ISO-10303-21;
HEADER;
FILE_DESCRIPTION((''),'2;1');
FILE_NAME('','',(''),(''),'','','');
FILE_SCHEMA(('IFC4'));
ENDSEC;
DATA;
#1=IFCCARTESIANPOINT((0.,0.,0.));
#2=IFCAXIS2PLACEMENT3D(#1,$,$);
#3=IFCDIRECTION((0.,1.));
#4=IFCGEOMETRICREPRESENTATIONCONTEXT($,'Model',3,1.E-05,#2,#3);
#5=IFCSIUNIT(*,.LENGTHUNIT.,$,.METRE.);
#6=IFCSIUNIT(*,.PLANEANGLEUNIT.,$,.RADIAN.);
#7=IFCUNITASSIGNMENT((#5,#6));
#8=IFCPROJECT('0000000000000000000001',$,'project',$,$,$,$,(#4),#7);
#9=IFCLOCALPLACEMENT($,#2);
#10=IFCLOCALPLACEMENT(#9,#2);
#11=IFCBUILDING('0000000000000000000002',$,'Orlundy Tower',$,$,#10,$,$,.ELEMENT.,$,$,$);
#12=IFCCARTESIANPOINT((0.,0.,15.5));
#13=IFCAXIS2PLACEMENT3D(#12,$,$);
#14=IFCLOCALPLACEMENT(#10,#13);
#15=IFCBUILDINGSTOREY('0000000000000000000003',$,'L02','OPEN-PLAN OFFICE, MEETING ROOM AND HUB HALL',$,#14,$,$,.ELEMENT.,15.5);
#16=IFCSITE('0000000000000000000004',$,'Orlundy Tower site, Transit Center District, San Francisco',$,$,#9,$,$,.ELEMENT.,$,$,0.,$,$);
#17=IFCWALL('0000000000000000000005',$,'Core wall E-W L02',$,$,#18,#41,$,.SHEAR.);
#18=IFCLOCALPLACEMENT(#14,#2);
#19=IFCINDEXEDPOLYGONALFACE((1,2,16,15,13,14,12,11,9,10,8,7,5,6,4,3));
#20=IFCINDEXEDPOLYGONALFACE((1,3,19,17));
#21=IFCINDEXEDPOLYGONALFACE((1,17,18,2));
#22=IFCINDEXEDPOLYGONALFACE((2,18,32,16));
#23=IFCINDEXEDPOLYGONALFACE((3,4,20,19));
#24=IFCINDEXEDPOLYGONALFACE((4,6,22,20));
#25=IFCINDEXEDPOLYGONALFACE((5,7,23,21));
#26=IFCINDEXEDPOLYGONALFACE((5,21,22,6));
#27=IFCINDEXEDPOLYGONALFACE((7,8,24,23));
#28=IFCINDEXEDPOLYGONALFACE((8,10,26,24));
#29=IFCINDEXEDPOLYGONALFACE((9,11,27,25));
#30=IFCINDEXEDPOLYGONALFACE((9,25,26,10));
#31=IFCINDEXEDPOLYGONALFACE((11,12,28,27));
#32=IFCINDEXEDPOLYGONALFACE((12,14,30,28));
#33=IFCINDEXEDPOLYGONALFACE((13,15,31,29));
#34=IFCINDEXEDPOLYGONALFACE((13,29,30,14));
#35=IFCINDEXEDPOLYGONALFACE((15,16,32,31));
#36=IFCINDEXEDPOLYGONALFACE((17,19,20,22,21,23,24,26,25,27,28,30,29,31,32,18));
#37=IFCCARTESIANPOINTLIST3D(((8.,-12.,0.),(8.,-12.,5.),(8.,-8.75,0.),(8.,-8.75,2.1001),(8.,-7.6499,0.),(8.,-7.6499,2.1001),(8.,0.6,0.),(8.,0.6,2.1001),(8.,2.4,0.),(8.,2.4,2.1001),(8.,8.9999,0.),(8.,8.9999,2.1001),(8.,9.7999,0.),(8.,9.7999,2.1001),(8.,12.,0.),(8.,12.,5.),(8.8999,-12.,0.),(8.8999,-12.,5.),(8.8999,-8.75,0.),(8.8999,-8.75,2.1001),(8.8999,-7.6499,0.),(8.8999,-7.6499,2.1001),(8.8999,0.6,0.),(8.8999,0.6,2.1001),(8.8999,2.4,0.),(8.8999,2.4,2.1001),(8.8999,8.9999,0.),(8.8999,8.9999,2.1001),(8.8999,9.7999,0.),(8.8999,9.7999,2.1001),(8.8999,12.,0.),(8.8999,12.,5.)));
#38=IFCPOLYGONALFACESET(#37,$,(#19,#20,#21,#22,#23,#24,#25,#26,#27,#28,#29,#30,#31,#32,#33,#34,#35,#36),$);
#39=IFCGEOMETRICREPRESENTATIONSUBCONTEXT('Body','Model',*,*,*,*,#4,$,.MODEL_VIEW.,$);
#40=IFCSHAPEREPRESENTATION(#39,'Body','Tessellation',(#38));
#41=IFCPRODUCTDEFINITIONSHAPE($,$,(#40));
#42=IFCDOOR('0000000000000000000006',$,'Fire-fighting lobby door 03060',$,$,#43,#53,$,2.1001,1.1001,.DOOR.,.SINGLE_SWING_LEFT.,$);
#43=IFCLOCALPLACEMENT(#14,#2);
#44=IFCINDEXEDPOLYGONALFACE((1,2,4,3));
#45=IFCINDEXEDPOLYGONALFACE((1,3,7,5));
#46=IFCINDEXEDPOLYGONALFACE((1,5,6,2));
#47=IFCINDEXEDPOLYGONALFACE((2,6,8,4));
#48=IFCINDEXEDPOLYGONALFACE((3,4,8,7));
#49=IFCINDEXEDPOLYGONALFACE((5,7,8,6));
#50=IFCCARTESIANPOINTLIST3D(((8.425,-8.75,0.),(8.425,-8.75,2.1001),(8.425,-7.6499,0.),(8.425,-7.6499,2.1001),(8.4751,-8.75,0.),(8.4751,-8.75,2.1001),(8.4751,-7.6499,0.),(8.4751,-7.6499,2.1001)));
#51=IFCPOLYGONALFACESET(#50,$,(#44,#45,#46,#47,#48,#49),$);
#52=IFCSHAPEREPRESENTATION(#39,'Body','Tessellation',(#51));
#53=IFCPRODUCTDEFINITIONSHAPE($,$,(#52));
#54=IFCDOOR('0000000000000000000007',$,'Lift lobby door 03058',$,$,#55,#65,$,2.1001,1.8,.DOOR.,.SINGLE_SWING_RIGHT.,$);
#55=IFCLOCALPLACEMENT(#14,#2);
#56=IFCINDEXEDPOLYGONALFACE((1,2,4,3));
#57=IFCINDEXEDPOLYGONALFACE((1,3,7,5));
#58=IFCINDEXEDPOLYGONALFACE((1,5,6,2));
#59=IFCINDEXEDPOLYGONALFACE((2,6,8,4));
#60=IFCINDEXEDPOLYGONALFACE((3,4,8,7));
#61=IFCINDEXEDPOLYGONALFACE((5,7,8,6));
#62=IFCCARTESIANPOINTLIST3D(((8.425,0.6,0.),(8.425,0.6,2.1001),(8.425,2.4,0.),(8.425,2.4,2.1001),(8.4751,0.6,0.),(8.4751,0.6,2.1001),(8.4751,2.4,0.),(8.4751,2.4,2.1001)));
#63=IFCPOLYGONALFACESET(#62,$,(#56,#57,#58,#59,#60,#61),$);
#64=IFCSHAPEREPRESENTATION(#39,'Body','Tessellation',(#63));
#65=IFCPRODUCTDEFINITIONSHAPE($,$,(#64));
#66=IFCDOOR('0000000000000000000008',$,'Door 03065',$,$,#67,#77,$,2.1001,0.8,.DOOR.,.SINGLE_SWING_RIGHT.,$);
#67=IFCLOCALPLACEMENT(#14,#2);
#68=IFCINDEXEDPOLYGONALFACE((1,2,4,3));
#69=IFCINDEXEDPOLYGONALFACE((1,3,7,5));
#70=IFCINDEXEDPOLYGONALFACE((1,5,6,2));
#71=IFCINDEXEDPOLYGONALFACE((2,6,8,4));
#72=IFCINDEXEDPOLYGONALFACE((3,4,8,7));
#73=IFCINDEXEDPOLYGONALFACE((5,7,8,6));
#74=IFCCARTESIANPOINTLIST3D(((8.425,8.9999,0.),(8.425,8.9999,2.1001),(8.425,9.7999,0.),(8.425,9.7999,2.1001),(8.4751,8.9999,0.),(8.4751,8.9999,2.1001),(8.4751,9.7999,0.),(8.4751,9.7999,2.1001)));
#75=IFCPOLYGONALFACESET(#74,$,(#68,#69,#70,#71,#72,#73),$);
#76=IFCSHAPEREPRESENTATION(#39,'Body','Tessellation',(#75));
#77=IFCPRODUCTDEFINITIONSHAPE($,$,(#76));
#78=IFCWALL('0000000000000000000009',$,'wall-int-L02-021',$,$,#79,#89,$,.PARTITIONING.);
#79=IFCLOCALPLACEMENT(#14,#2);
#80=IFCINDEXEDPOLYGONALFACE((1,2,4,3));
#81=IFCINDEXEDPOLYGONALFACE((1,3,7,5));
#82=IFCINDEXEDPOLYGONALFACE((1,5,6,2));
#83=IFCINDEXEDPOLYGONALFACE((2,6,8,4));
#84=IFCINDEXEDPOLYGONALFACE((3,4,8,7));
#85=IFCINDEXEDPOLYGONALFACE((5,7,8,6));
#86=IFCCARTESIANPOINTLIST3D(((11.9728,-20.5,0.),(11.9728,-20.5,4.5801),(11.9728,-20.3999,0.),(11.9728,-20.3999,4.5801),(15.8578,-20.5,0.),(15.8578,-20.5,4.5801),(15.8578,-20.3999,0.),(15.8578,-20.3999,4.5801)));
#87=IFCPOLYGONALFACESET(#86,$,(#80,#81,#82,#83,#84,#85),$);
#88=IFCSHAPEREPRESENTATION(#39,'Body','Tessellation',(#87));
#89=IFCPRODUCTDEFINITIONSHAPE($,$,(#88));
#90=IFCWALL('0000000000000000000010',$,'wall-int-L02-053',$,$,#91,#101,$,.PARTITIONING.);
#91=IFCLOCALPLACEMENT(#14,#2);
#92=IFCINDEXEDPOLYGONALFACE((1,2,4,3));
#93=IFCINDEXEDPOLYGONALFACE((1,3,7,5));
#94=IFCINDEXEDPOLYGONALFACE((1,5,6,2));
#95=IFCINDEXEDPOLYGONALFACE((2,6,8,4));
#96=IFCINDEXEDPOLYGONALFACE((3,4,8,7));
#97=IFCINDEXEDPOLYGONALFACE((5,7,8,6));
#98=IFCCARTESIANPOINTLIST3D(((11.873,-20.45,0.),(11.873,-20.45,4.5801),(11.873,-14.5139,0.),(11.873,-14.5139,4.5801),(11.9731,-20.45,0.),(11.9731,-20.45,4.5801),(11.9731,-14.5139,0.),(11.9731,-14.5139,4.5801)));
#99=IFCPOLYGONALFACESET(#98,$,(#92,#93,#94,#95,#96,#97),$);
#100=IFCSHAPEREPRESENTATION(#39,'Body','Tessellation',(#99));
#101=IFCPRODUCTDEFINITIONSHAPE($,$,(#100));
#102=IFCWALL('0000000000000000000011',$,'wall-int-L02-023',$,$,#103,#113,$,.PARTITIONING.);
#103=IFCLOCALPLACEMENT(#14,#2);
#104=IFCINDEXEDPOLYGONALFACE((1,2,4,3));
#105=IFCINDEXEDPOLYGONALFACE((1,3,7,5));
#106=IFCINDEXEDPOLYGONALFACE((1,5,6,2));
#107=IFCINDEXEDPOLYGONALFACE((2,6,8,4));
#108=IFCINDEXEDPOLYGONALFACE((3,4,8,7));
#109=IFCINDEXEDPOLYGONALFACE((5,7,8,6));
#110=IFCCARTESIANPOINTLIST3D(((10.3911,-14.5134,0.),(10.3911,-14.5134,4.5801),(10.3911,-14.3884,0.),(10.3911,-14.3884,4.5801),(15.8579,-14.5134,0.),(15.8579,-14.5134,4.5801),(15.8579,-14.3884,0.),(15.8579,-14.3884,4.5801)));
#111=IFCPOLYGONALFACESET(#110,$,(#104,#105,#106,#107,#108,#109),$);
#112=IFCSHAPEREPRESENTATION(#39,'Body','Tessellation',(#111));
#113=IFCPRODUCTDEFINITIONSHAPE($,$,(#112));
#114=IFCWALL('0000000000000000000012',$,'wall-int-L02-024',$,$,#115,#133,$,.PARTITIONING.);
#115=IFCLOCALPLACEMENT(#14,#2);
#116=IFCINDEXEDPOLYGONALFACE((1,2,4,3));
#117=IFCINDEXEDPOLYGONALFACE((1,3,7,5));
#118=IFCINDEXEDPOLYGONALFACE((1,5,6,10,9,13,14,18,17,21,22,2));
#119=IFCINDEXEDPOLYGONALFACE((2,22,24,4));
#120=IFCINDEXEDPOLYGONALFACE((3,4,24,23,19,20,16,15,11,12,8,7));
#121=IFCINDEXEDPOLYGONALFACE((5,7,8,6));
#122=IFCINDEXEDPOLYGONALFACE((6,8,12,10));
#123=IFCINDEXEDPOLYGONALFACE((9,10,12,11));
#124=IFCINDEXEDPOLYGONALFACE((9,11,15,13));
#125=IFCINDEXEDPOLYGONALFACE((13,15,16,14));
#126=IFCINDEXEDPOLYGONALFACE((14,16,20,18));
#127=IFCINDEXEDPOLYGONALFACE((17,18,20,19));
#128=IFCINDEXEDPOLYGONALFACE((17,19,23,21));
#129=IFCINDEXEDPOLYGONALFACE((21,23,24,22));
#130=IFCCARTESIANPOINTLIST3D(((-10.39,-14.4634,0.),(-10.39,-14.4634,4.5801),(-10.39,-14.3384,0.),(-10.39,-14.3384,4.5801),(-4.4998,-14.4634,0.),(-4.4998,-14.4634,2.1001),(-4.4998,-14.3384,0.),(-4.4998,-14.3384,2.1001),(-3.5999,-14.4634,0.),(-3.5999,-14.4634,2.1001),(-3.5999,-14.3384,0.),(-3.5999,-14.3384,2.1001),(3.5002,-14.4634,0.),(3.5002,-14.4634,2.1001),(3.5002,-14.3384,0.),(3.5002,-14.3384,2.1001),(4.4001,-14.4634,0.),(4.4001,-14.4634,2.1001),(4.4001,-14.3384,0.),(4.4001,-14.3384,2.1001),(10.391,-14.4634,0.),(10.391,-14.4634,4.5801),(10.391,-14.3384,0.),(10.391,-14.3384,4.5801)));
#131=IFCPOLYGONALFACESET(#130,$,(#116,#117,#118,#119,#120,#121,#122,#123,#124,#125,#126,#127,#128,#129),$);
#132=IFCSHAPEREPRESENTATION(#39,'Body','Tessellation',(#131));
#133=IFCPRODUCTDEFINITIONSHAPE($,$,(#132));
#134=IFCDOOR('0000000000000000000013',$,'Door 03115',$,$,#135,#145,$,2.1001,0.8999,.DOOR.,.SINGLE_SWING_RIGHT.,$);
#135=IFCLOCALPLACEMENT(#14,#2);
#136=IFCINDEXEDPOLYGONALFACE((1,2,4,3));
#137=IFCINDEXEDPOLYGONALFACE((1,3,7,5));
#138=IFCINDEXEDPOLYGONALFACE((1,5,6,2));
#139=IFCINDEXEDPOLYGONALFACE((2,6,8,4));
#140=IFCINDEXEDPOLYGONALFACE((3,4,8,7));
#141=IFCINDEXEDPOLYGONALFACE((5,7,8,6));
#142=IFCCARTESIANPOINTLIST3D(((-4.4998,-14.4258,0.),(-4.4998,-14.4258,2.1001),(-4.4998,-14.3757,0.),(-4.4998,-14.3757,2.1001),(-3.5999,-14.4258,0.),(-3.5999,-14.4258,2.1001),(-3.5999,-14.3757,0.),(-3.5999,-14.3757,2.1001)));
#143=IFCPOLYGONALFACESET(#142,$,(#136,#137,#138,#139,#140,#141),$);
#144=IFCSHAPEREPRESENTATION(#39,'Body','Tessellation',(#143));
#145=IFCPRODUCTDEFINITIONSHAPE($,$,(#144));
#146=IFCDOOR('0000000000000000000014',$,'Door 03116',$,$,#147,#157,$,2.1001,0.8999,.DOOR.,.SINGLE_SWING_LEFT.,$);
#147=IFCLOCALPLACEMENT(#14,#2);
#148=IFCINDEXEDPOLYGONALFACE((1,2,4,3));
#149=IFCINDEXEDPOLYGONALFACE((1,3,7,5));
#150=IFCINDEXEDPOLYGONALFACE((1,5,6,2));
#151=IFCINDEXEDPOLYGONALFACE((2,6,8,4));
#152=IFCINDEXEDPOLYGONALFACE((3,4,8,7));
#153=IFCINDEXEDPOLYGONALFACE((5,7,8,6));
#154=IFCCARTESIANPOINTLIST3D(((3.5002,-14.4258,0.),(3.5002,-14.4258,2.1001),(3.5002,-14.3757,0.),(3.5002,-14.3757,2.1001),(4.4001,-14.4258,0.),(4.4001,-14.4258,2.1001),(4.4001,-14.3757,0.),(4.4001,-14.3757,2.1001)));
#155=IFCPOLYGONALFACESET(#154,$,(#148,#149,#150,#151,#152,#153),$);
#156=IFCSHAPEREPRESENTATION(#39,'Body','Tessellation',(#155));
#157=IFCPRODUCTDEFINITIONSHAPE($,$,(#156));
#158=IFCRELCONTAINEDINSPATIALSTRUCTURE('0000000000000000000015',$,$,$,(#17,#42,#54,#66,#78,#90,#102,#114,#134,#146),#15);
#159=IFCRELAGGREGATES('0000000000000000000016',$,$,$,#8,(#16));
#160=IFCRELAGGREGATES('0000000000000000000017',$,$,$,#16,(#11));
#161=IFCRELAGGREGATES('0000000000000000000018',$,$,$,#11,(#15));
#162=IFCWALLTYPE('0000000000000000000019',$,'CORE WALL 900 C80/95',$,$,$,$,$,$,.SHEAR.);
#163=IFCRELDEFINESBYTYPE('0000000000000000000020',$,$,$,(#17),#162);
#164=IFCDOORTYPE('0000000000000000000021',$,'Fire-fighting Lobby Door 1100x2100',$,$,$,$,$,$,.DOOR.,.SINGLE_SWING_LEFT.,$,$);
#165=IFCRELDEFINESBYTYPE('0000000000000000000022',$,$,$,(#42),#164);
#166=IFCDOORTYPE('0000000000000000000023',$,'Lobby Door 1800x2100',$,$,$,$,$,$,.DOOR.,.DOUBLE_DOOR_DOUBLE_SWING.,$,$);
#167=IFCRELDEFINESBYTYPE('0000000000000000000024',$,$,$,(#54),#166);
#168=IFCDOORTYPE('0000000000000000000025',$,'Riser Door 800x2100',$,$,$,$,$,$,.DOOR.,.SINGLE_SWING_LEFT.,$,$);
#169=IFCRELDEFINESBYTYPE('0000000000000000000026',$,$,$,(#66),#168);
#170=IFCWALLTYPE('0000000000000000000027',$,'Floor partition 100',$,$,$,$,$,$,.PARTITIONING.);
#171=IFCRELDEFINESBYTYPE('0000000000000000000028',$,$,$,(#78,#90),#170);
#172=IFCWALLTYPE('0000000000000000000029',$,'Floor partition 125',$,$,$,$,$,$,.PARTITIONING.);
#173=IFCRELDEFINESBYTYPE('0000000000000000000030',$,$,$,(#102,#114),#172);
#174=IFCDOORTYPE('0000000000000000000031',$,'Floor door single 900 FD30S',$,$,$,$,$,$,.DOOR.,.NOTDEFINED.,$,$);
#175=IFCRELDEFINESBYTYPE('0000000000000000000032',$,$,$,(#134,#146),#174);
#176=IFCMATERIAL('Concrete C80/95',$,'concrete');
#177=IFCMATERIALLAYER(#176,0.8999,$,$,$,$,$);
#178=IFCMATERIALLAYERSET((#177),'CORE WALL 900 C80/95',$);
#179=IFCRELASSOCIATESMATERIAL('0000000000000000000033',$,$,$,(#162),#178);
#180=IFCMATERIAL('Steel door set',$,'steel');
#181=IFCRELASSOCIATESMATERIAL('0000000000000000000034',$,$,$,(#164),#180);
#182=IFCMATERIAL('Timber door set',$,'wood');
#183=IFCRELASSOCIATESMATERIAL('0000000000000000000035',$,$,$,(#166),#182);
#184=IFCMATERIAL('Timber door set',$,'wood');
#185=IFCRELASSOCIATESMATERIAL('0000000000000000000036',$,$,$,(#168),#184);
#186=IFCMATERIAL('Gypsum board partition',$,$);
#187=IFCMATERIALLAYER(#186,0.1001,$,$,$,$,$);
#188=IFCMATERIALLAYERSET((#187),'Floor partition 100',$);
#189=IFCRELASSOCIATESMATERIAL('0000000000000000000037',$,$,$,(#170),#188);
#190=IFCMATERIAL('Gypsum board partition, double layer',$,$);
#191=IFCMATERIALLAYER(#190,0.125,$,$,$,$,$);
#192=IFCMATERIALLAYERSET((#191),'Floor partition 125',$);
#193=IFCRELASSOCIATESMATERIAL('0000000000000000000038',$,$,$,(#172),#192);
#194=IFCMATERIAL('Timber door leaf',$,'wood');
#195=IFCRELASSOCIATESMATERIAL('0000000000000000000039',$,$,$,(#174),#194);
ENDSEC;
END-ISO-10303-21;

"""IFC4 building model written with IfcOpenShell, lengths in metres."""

from ifc_helpers import new_model, si_unit, direction, frame, frame_2d, origin, place, context, subcontext, project, spatial, rectangle, extrude, material, layer, layer_set, type_object, element, fill, save


model = new_model("IFC4")

# Units and contexts
model_context = context("Model", 3, precision=1e-05, world=origin(), true_north=direction((0.0, 1.0)))
body_context = subcontext(model_context, "Body", "Model", "MODEL_VIEW")
ifc_project = project(units=[si_unit("LENGTHUNIT", "METRE"), si_unit("PLANEANGLEUNIT", "RADIAN")], contexts=[model_context])

# Site, building, storey
site_placement = place(None, origin())
site = spatial("IfcSite", under=ifc_project, at=site_placement, Name="Orlundy Tower site, Transit Center District, San Francisco", CompositionType="ELEMENT", RefElevation=0.0)
building_placement = place(site_placement, origin())
building = spatial("IfcBuilding", under=site, at=building_placement, Name="Orlundy Tower", CompositionType="ELEMENT")
storey_placement = place(building_placement, frame((0.0, 0.0, 15.5)))
storey = spatial("IfcBuildingStorey", under=building, at=storey_placement, Name="L02", Description="OPEN-PLAN OFFICE, MEETING ROOM AND HUB HALL", CompositionType="ELEMENT", Elevation=15.5)

# Shared definitions
ifc_material_1 = material(Name="Concrete C80/95", Category="concrete")
ifc_layer_1 = layer(ifc_material_1, 0.8999)
ifc_layer_set_1 = layer_set([ifc_layer_1], Name="CORE WALL 900 C80/95")
wall_type_1 = type_object("IfcWallType", Name="CORE WALL 900 C80/95", PredefinedType="SHEAR", material=ifc_layer_set_1)

# Wall, openings, doors
wall_1_placement = place(storey_placement, frame((8.45, -12.0, 0.0), z_axis=(0.0, 0.0, 1.0), x_axis=(0.0, 1.0, 0.0)))
wall_1 = element("IfcWall", 1, at=wall_1_placement, inside=storey, type_object=wall_type_1, Name="Core wall E-W L02", PredefinedType="SHEAR", context=body_context, shape_type="SweptSolid", body=[
    extrude(rectangle(XDim=24.0, YDim=0.8999, at=frame_2d((12.0, 0.0))), origin(), (0.0, 0.0, 1.0), 5.0),
])
opening_1_placement = place(wall_1_placement, frame((12.6001, 0.0, 0.0)))
opening_1 = element("IfcOpeningElement", 2, at=opening_1_placement, cuts=wall_1, PredefinedType="OPENING", context=body_context, shape_type="SweptSolid", body=[
    extrude(rectangle(XDim=1.8, YDim=2.1001, at=frame_2d((0.8999, 1.05))), frame((0.0, 0.46, 0.0), z_axis=(0.0, -1.0, 0.0), x_axis=(1.0, 0.0, 0.0)), (0.0, 0.0, 1.0), 0.9199),
])
opening_2_placement = place(wall_1_placement, frame((3.25, 0.0, 0.0)))
opening_2 = element("IfcOpeningElement", 3, at=opening_2_placement, cuts=wall_1, PredefinedType="OPENING", context=body_context, shape_type="SweptSolid", body=[
    extrude(rectangle(XDim=1.1001, YDim=2.1001, at=frame_2d((0.55, 1.05))), frame((0.0, 0.46, 0.0), z_axis=(0.0, -1.0, 0.0), x_axis=(1.0, 0.0, 0.0)), (0.0, 0.0, 1.0), 0.9199),
])
opening_3_placement = place(wall_1_placement, frame((21.0, 0.0, 0.0)))
opening_3 = element("IfcOpeningElement", 4, at=opening_3_placement, cuts=wall_1, PredefinedType="OPENING", context=body_context, shape_type="SweptSolid", body=[
    extrude(rectangle(XDim=0.8, YDim=2.1001, at=frame_2d((0.3999, 1.05))), frame((0.0, 0.46, 0.0), z_axis=(0.0, -1.0, 0.0), x_axis=(1.0, 0.0, 0.0)), (0.0, 0.0, 1.0), 0.9199),
])
ifc_material_2 = material(Name="Steel door set", Category="steel")
door_type_1 = type_object("IfcDoorType", Name="Fire-fighting Lobby Door 1100x2100", OperationType="SINGLE_SWING_LEFT", PredefinedType="DOOR", material=ifc_material_2)
door_1_placement = place(opening_2_placement, origin())
door_1 = element("IfcDoor", 5, at=door_1_placement, inside=storey, type_object=door_type_1, Name="Fire-fighting lobby door 03060", OperationType="SINGLE_SWING_LEFT", OverallHeight=2.1001, OverallWidth=1.1001, PredefinedType="DOOR", context=body_context, shape_type="SweptSolid", body=[
    extrude(rectangle(XDim=1.1001, YDim=2.1001, at=frame_2d((0.55, 1.05))), frame((0.0, 0.0249, 0.0), z_axis=(0.0, -1.0, 0.0), x_axis=(1.0, 0.0, 0.0)), (0.0, 0.0, 1.0), 0.05),
])
fill(opening_2, door_1)
ifc_material_3 = material(Name="Timber door set", Category="wood")
door_type_2 = type_object("IfcDoorType", Name="Lobby Door 1800x2100", OperationType="DOUBLE_DOOR_DOUBLE_SWING", PredefinedType="DOOR", material=ifc_material_3)
door_2_placement = place(opening_1_placement, origin())
door_2 = element("IfcDoor", 6, at=door_2_placement, inside=storey, type_object=door_type_2, Name="Lift lobby door 03058", OperationType="SINGLE_SWING_RIGHT", OverallHeight=2.1001, OverallWidth=1.8, PredefinedType="DOOR", context=body_context, shape_type="SweptSolid", body=[
    extrude(rectangle(XDim=1.8, YDim=2.1001, at=frame_2d((0.8999, 1.05))), frame((0.0, 0.0249, 0.0), z_axis=(0.0, -1.0, 0.0), x_axis=(1.0, 0.0, 0.0)), (0.0, 0.0, 1.0), 0.05),
])
fill(opening_1, door_2)
ifc_material_4 = material(Name="Timber door set", Category="wood")
door_type_3 = type_object("IfcDoorType", Name="Riser Door 800x2100", OperationType="SINGLE_SWING_LEFT", PredefinedType="DOOR", material=ifc_material_4)
door_3_placement = place(opening_3_placement, origin())
door_3 = element("IfcDoor", 7, at=door_3_placement, inside=storey, type_object=door_type_3, Name="Door 03065", OperationType="SINGLE_SWING_RIGHT", OverallHeight=2.1001, OverallWidth=0.8, PredefinedType="DOOR", context=body_context, shape_type="SweptSolid", body=[
    extrude(rectangle(XDim=0.8, YDim=2.1001, at=frame_2d((0.3999, 1.05))), frame((0.0, 0.0249, 0.0), z_axis=(0.0, -1.0, 0.0), x_axis=(1.0, 0.0, 0.0)), (0.0, 0.0, 1.0), 0.05),
])
fill(opening_3, door_3)

# Walls
ifc_material_5 = material(Name="Gypsum board partition")
ifc_layer_2 = layer(ifc_material_5, 0.1001)
ifc_layer_set_2 = layer_set([ifc_layer_2], Name="Floor partition 100")
wall_type_2 = type_object("IfcWallType", Name="Floor partition 100", PredefinedType="PARTITIONING", material=ifc_layer_set_2)
wall_2_placement = place(storey_placement, frame((11.9729, -20.45, 0.0), z_axis=(0.0, 0.0, 1.0), x_axis=(1.0, 0.0, 0.0)))
element("IfcWall", 8, at=wall_2_placement, inside=storey, type_object=wall_type_2, Name="wall-int-L02-021", PredefinedType="PARTITIONING", context=body_context, shape_type="SweptSolid", body=[
    extrude(rectangle(XDim=3.885, YDim=0.1001, at=frame_2d((1.9424, 0.0))), origin(), (0.0, 0.0, 1.0), 4.5801),
])
wall_3_placement = place(storey_placement, frame((11.9231, -20.45, 0.0), z_axis=(0.0, 0.0, 1.0), x_axis=(0.0, 1.0, 0.0)))
element("IfcWall", 9, at=wall_3_placement, inside=storey, type_object=wall_type_2, Name="wall-int-L02-053", PredefinedType="PARTITIONING", context=body_context, shape_type="SweptSolid", body=[
    extrude(rectangle(XDim=5.936, YDim=0.1001, at=frame_2d((2.968, 0.0))), origin(), (0.0, 0.0, 1.0), 4.5801),
])
ifc_material_6 = material(Name="Gypsum board partition, double layer")
ifc_layer_3 = layer(ifc_material_6, 0.125)
ifc_layer_set_3 = layer_set([ifc_layer_3], Name="Floor partition 125")
wall_type_3 = type_object("IfcWallType", Name="Floor partition 125", PredefinedType="PARTITIONING", material=ifc_layer_set_3)
wall_4_placement = place(storey_placement, frame((10.3911, -14.4509, 0.0), z_axis=(0.0, 0.0, 1.0), x_axis=(1.0, 0.0, 0.0)))
element("IfcWall", 10, at=wall_4_placement, inside=storey, type_object=wall_type_3, Name="wall-int-L02-023", PredefinedType="PARTITIONING", context=body_context, shape_type="SweptSolid", body=[
    extrude(rectangle(XDim=5.4668, YDim=0.125, at=frame_2d((2.7334, 0.0))), origin(), (0.0, 0.0, 1.0), 4.5801),
])

# Wall, openings, doors
wall_5_placement = place(storey_placement, frame((10.3911, -14.4009, 0.0), z_axis=(0.0, 0.0, 1.0), x_axis=(-1.0, 0.0, 0.0)))
wall_5 = element("IfcWall", 11, at=wall_5_placement, inside=storey, type_object=wall_type_3, Name="wall-int-L02-024", PredefinedType="PARTITIONING", context=body_context, shape_type="SweptSolid", body=[
    extrude(rectangle(XDim=20.781, YDim=0.125, at=frame_2d((10.3906, 0.0))), origin(), (0.0, 0.0, 1.0), 4.5801),
])
opening_4_placement = place(wall_5_placement, frame((13.991, 0.0, 0.0)))
opening_4 = element("IfcOpeningElement", 12, at=opening_4_placement, cuts=wall_5, PredefinedType="OPENING", context=body_context, shape_type="SweptSolid", body=[
    extrude(rectangle(XDim=0.8999, YDim=2.1001, at=frame_2d((0.45, 1.05))), frame((0.0, 0.0725, 0.0), z_axis=(0.0, -1.0, 0.0), x_axis=(1.0, 0.0, 0.0)), (0.0, 0.0, 1.0), 0.145),
])
opening_5_placement = place(wall_5_placement, frame((5.991, 0.0, 0.0)))
opening_5 = element("IfcOpeningElement", 13, at=opening_5_placement, cuts=wall_5, PredefinedType="OPENING", context=body_context, shape_type="SweptSolid", body=[
    extrude(rectangle(XDim=0.8999, YDim=2.1001, at=frame_2d((0.45, 1.05))), frame((0.0, 0.0725, 0.0), z_axis=(0.0, -1.0, 0.0), x_axis=(1.0, 0.0, 0.0)), (0.0, 0.0, 1.0), 0.145),
])
ifc_material_7 = material(Name="Timber door leaf", Category="wood")
door_type_4 = type_object("IfcDoorType", Name="Floor door single 900 FD30S", OperationType="NOTDEFINED", PredefinedType="DOOR", material=ifc_material_7)
door_4_placement = place(opening_4_placement, origin())
door_4 = element("IfcDoor", 14, at=door_4_placement, inside=storey, type_object=door_type_4, Name="Door 03115", OperationType="SINGLE_SWING_RIGHT", OverallHeight=2.1001, OverallWidth=0.8999, PredefinedType="DOOR", context=body_context, shape_type="SweptSolid", body=[
    extrude(rectangle(XDim=0.8999, YDim=2.1001, at=frame_2d((0.45, 1.05))), frame((0.0, 0.0249, 0.0), z_axis=(0.0, -1.0, 0.0), x_axis=(1.0, 0.0, 0.0)), (0.0, 0.0, 1.0), 0.05),
])
fill(opening_4, door_4)
door_5_placement = place(opening_5_placement, origin())
door_5 = element("IfcDoor", 15, at=door_5_placement, inside=storey, type_object=door_type_4, Name="Door 03116", OperationType="SINGLE_SWING_LEFT", OverallHeight=2.1001, OverallWidth=0.8999, PredefinedType="DOOR", context=body_context, shape_type="SweptSolid", body=[
    extrude(rectangle(XDim=0.8999, YDim=2.1001, at=frame_2d((0.45, 1.05))), frame((0.0, 0.0249, 0.0), z_axis=(0.0, -1.0, 0.0), x_axis=(1.0, 0.0, 0.0)), (0.0, 0.0, 1.0), 0.05),
])
fill(opening_5, door_5)

save(model, "model.ifc")
